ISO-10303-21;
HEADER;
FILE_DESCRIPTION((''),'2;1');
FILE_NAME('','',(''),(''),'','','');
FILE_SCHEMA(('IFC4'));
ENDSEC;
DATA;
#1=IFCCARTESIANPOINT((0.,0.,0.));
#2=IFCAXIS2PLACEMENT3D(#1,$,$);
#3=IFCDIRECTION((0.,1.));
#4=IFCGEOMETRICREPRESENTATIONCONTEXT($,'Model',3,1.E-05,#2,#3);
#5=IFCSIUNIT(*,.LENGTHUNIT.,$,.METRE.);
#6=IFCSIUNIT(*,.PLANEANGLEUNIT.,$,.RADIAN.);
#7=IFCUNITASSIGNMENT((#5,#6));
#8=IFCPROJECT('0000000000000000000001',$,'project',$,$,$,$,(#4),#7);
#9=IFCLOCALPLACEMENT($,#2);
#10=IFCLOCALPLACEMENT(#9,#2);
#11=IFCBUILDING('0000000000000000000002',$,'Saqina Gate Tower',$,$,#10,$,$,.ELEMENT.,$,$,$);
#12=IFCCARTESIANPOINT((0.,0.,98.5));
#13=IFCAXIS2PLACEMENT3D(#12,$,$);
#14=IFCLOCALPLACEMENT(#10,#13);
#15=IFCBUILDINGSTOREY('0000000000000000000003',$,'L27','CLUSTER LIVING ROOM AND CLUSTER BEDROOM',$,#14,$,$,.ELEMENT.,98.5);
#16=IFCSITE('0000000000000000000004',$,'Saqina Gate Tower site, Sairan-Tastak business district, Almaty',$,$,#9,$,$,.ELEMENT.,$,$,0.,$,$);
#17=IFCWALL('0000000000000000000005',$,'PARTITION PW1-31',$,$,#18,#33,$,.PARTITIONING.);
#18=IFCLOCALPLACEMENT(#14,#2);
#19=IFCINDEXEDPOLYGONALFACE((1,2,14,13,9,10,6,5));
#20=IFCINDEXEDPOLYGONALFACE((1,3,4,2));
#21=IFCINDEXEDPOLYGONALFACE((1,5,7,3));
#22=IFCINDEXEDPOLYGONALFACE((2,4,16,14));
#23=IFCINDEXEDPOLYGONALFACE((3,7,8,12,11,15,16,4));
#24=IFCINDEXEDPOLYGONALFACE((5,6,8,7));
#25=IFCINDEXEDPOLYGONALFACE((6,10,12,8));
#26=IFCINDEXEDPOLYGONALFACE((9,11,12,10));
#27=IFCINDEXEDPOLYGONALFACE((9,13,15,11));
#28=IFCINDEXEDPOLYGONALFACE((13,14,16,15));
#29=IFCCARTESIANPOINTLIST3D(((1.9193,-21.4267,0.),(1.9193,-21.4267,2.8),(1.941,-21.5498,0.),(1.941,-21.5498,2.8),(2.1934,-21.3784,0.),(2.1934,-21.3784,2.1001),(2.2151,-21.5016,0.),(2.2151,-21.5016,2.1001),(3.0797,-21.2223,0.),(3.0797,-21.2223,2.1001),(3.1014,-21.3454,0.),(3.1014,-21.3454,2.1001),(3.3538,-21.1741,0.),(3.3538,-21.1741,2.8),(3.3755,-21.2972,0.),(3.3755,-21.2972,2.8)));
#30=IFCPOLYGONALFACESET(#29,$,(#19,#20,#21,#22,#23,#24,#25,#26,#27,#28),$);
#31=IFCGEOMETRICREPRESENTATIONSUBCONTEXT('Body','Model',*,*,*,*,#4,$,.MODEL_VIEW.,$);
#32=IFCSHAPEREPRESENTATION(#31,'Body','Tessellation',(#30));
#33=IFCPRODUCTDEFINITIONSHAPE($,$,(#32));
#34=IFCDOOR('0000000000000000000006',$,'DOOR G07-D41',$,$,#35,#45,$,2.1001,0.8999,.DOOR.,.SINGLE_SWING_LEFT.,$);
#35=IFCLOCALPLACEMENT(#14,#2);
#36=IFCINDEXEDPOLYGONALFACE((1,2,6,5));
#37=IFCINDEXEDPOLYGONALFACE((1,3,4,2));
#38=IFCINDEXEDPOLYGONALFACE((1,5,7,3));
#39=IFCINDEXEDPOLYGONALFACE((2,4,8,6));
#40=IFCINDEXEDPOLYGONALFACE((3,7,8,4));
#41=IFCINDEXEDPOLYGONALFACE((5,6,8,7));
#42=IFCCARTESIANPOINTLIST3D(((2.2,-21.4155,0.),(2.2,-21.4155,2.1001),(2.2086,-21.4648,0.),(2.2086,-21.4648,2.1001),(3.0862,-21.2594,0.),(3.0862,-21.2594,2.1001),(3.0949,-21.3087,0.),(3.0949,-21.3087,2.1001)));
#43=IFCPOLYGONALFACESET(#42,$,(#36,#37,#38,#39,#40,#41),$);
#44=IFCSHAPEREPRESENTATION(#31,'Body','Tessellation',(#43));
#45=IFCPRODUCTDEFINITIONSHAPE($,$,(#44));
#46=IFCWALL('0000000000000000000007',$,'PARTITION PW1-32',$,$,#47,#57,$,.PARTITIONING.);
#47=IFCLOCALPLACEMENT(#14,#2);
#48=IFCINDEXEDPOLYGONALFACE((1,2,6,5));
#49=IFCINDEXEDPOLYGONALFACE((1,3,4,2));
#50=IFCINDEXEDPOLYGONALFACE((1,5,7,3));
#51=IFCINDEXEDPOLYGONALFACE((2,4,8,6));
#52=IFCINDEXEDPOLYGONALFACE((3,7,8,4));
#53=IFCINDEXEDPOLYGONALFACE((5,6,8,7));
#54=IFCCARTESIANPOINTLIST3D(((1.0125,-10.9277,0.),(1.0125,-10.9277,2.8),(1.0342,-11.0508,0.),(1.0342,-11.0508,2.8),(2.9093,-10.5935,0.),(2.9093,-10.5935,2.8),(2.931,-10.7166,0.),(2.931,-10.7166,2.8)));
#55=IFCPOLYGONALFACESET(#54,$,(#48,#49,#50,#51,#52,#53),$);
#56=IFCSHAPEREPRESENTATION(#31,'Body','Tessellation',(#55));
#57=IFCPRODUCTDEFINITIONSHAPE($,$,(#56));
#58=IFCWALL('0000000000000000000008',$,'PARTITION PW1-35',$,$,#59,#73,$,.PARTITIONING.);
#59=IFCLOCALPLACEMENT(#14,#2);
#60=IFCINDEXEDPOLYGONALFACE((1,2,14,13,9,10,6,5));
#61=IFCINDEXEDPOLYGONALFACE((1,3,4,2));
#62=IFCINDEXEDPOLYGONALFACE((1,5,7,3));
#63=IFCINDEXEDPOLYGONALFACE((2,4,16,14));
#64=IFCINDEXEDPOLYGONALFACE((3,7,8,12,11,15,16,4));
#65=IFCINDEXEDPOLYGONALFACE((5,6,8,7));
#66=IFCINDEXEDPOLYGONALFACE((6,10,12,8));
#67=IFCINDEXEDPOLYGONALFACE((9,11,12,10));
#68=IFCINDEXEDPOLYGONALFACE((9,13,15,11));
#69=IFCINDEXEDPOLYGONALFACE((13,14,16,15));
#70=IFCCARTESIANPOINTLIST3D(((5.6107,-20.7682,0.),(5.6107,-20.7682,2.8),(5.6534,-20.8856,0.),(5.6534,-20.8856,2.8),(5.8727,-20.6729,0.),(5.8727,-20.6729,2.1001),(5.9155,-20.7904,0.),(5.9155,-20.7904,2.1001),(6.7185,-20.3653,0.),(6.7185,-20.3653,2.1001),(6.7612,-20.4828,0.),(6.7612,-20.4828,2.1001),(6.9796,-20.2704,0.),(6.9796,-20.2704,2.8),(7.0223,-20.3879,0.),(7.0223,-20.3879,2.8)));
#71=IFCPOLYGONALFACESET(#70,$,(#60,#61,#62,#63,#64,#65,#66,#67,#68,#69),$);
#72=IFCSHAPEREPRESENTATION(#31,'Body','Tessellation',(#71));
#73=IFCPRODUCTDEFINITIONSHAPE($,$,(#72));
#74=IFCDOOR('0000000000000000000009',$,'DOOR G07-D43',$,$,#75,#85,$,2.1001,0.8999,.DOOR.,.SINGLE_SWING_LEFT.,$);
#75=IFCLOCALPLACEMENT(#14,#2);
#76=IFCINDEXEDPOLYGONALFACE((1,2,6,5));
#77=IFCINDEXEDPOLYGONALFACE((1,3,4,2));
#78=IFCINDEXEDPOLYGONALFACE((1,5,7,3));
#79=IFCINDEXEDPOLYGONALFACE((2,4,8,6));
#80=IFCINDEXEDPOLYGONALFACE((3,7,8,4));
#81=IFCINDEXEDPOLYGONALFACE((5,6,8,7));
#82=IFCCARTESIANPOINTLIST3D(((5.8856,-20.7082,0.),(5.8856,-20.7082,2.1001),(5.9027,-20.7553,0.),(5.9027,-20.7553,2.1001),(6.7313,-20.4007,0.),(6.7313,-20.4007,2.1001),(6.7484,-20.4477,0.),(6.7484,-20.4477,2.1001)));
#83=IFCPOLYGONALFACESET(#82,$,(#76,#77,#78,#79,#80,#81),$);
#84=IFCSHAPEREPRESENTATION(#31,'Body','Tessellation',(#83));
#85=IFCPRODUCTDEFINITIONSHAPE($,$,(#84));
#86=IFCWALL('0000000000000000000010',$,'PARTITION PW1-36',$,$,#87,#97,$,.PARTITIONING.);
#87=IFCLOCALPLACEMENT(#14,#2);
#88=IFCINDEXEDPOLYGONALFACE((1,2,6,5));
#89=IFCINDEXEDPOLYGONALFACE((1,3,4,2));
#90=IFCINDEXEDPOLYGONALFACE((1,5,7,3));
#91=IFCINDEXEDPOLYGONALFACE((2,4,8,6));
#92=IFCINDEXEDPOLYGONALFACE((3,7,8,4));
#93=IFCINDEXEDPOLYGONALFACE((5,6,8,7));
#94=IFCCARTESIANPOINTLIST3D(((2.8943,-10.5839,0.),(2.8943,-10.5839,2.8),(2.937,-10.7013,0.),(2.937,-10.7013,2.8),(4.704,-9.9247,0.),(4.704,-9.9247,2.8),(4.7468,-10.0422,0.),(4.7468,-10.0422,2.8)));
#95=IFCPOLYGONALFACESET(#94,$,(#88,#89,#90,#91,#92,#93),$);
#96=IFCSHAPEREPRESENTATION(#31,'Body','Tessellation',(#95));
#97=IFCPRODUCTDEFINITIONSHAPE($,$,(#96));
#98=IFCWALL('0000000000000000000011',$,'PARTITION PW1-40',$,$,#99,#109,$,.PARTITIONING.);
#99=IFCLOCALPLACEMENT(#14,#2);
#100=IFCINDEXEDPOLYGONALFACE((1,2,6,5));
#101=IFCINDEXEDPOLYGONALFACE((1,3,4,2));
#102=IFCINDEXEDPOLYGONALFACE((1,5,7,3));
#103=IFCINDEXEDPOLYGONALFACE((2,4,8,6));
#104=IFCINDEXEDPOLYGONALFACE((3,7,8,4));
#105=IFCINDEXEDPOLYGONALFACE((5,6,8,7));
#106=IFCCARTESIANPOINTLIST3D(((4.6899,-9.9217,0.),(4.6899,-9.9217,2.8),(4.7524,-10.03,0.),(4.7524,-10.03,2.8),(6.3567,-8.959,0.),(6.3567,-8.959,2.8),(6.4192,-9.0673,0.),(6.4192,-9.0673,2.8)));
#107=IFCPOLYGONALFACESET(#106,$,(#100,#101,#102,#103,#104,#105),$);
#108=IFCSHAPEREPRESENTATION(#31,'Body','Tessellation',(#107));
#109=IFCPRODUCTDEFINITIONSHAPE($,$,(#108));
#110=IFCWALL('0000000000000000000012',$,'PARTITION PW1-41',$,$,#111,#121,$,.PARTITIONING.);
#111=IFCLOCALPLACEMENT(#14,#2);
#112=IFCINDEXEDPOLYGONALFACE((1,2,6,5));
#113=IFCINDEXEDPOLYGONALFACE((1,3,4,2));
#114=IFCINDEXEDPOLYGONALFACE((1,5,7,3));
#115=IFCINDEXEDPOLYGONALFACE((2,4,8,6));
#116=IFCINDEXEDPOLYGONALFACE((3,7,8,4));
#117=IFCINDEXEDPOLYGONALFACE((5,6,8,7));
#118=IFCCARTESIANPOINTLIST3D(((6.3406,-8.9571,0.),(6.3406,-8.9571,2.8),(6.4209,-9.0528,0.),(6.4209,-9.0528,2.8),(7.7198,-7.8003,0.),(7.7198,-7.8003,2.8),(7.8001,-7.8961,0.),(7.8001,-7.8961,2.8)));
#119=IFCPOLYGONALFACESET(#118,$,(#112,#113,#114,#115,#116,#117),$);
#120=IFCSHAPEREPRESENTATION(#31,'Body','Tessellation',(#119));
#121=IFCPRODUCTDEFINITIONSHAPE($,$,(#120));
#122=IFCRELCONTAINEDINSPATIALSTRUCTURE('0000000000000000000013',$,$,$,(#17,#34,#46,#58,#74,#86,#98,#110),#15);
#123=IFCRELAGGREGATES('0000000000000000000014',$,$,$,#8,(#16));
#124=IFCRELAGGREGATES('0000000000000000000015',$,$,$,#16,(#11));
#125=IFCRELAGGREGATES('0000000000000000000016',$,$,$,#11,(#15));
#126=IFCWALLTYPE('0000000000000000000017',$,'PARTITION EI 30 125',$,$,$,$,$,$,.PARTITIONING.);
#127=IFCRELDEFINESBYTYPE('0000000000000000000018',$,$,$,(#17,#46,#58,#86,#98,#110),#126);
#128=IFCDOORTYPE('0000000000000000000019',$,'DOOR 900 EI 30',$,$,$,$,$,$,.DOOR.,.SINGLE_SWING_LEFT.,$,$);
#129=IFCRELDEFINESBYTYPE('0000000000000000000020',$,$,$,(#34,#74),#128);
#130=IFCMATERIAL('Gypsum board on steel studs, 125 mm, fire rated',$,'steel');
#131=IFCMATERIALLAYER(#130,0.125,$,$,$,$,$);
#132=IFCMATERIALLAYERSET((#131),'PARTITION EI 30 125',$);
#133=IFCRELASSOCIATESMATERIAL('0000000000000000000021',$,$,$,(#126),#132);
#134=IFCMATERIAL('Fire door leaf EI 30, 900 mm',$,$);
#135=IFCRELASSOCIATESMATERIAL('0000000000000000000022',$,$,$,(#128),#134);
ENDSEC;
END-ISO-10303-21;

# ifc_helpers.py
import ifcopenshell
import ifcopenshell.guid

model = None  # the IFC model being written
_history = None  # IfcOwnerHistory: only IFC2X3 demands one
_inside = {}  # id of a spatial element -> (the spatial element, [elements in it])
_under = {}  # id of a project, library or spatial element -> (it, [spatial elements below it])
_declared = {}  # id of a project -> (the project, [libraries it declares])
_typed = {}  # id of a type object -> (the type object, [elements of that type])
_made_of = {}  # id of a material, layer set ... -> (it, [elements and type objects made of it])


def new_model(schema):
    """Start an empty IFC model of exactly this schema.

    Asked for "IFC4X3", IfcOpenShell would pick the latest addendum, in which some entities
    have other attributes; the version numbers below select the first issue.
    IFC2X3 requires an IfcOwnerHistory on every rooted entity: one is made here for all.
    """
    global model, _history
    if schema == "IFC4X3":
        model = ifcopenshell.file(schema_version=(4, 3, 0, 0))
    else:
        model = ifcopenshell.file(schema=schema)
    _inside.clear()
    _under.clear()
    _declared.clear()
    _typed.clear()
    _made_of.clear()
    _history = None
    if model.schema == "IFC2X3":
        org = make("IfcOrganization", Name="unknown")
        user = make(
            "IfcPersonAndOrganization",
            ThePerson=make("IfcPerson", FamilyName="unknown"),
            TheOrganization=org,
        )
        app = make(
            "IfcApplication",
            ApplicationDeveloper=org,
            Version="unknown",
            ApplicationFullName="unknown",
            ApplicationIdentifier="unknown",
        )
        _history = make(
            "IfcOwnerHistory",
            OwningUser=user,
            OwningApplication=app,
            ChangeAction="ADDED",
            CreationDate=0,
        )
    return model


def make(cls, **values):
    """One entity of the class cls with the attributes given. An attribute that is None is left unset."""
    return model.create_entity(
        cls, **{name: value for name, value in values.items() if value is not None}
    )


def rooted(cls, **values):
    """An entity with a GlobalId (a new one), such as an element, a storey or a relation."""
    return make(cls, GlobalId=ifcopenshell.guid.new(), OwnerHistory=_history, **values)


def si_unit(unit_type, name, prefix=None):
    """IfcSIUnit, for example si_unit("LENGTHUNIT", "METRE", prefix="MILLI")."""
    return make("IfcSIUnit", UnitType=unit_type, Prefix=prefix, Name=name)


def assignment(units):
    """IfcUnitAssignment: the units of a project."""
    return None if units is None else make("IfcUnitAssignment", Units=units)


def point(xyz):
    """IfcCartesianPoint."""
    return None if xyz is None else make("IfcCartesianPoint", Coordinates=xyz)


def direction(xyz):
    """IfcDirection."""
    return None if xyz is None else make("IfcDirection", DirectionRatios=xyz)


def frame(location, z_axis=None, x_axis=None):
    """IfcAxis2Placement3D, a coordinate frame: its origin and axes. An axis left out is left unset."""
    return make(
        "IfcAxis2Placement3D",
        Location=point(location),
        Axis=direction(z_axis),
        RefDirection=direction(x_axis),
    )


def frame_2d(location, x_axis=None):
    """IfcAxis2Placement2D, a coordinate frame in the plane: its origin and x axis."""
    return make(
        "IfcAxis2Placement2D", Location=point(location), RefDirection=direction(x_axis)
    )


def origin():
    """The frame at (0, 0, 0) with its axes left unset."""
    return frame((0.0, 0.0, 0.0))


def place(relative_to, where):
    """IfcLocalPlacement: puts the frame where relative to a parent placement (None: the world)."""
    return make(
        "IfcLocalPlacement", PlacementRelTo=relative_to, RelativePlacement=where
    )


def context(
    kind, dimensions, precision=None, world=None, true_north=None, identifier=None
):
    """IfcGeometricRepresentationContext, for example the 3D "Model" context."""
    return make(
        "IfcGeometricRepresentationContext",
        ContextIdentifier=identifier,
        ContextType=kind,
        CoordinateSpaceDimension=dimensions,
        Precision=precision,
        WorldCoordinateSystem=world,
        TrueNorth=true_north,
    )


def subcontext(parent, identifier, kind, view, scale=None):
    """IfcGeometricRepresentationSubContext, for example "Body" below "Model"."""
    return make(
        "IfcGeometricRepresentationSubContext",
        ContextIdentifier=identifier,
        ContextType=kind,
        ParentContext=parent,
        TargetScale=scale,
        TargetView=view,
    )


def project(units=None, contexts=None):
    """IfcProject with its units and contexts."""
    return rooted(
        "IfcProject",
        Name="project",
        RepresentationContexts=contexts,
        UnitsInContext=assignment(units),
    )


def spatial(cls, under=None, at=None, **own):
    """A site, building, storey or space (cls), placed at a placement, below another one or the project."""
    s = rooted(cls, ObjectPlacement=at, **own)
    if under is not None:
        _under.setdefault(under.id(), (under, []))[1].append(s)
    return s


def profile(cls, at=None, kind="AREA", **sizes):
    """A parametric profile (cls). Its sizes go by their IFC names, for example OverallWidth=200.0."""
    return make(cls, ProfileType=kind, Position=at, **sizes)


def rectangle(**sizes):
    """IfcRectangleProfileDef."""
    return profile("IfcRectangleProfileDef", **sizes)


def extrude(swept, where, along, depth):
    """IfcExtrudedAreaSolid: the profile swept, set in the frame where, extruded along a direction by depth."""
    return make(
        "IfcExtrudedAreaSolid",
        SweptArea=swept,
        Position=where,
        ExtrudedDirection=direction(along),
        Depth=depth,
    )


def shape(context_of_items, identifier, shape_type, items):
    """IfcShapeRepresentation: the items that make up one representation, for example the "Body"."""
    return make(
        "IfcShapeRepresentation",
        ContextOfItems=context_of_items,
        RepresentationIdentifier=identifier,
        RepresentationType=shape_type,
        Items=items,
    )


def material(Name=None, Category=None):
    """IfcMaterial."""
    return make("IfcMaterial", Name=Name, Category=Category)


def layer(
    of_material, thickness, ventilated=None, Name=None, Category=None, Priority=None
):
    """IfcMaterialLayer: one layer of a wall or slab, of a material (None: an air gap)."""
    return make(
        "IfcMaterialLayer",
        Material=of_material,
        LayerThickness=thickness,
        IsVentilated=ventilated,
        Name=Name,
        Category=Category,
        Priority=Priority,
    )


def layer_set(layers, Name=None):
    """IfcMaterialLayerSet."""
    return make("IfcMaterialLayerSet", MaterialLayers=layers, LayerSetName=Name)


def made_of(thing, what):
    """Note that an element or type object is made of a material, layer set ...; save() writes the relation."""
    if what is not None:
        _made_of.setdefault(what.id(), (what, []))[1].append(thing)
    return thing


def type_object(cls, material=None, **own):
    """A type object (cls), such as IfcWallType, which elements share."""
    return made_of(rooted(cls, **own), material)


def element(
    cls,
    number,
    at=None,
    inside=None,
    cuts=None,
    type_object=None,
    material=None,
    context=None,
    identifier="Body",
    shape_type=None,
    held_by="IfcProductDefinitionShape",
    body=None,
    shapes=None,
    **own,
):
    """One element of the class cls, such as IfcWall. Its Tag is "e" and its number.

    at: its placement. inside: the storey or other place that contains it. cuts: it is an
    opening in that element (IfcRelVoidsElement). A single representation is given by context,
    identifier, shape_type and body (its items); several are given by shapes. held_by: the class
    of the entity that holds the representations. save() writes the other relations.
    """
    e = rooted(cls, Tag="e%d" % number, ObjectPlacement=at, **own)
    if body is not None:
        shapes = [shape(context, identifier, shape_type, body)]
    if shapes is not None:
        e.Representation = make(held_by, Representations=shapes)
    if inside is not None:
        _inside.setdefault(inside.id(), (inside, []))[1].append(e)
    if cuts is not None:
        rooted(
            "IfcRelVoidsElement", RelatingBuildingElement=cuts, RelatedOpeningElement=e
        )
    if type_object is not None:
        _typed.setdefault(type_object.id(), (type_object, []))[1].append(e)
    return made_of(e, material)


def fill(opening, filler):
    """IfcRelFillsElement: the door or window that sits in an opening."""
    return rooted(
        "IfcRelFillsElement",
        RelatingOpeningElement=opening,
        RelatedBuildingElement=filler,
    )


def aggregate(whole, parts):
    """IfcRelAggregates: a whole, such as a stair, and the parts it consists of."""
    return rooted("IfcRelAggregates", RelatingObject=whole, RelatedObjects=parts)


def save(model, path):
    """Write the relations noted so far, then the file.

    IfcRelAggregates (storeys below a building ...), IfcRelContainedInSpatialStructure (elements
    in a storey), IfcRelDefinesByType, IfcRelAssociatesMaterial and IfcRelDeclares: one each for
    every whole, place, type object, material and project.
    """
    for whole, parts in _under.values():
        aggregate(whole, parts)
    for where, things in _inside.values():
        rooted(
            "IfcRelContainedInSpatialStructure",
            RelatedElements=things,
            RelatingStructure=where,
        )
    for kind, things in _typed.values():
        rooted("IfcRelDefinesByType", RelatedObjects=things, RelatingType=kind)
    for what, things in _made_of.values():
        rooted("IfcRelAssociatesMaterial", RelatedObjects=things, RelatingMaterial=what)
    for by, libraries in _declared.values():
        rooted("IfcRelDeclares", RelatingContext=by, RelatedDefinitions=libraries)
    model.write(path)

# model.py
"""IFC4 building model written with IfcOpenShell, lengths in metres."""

from ifc_helpers import new_model, si_unit, direction, frame, frame_2d, origin, place, context, subcontext, project, spatial, rectangle, extrude, material, layer, layer_set, type_object, element, fill, save


model = new_model("IFC4")

# Units and contexts
model_context = context("Model", 3, precision=1e-05, world=origin(), true_north=direction((0.0, 1.0)))
body_context = subcontext(model_context, "Body", "Model", "MODEL_VIEW")
ifc_project = project(units=[si_unit("LENGTHUNIT", "METRE"), si_unit("PLANEANGLEUNIT", "RADIAN")], contexts=[model_context])

# Site, building, storey
site_placement = place(None, origin())
site = spatial("IfcSite", under=ifc_project, at=site_placement, Name="Saqina Gate Tower site, Sairan-Tastak business district, Almaty", CompositionType="ELEMENT", RefElevation=0.0)
building_placement = place(site_placement, origin())
building = spatial("IfcBuilding", under=site, at=building_placement, Name="Saqina Gate Tower", CompositionType="ELEMENT")
storey_placement = place(building_placement, frame((0.0, 0.0, 98.5)))
storey = spatial("IfcBuildingStorey", under=building, at=storey_placement, Name="L27", Description="CLUSTER LIVING ROOM AND CLUSTER BEDROOM", CompositionType="ELEMENT", Elevation=98.5)

# Wall, opening, door
ifc_material_1 = material(Name="Gypsum board on steel studs, 125 mm, fire rated", Category="steel")
ifc_layer_1 = layer(ifc_material_1, 0.125)
ifc_layer_set_1 = layer_set([ifc_layer_1], Name="PARTITION EI 30 125")
wall_type_1 = type_object("IfcWallType", Name="PARTITION EI 30 125", PredefinedType="PARTITIONING", material=ifc_layer_set_1)
wall_1_placement = place(storey_placement, frame((1.9302, -21.4883, 0.0), z_axis=(0.0, 0.0, 1.0), x_axis=(0.984839, 0.17347, 0.0)))
wall_1 = element("IfcWall", 1, at=wall_1_placement, inside=storey, type_object=wall_type_1, Name="PARTITION PW1-31", PredefinedType="PARTITIONING", context=body_context, shape_type="SweptSolid", body=[
    extrude(rectangle(XDim=1.4565, YDim=0.125, at=frame_2d((0.7283, 0.0))), origin(), (0.0, 0.0, 1.0), 2.8),
])
opening_1_placement = place(wall_1_placement, frame((0.2783, 0.0, 0.0)))
opening_1 = element("IfcOpeningElement", 2, at=opening_1_placement, cuts=wall_1, PredefinedType="OPENING", context=body_context, shape_type="SweptSolid", body=[
    extrude(rectangle(XDim=0.8999, YDim=2.1001, at=frame_2d((0.45, 1.05))), frame((0.0, 0.0745, 0.0), z_axis=(0.0, -1.0, 0.0), x_axis=(1.0, 0.0, 0.0)), (0.0, 0.0, 1.0), 0.1489),
])
ifc_material_2 = material(Name="Fire door leaf EI 30, 900 mm")
door_type_1 = type_object("IfcDoorType", Name="DOOR 900 EI 30", OperationType="SINGLE_SWING_LEFT", PredefinedType="DOOR", material=ifc_material_2)
door_1_placement = place(opening_1_placement, origin())
door_1 = element("IfcDoor", 3, at=door_1_placement, inside=storey, type_object=door_type_1, Name="DOOR G07-D41", OperationType="SINGLE_SWING_LEFT", OverallHeight=2.1001, OverallWidth=0.8999, PredefinedType="DOOR", context=body_context, shape_type="SweptSolid", body=[
    extrude(rectangle(XDim=0.8999, YDim=2.1001, at=frame_2d((0.45, 1.05))), frame((0.0, 0.0249, 0.0), z_axis=(0.0, -1.0, 0.0), x_axis=(1.0, 0.0, 0.0)), (0.0, 0.0, 1.0), 0.05),
])
fill(opening_1, door_1)

# Wall
wall_2_placement = place(storey_placement, frame((1.0234, -10.9893, 0.0), z_axis=(0.0, 0.0, 1.0), x_axis=(0.984827, 0.173539, 0.0)))
element("IfcWall", 4, at=wall_2_placement, inside=storey, type_object=wall_type_1, Name="PARTITION PW1-32", PredefinedType="PARTITIONING", context=body_context, shape_type="SweptSolid", body=[
    extrude(rectangle(XDim=1.926, YDim=0.125, at=frame_2d((0.9629, 0.0))), origin(), (0.0, 0.0, 1.0), 2.8),
])

# Wall, opening, door
wall_3_placement = place(storey_placement, frame((5.6321, -20.8269, 0.0), z_axis=(0.0, 0.0, 1.0), x_axis=(0.939789, 0.341757, 0.0)))
wall_3 = element("IfcWall", 5, at=wall_3_placement, inside=storey, type_object=wall_type_1, Name="PARTITION PW1-35", PredefinedType="PARTITIONING", context=body_context, shape_type="SweptSolid", body=[
    extrude(rectangle(XDim=1.4565, YDim=0.125, at=frame_2d((0.7283, 0.0))), origin(), (0.0, 0.0, 1.0), 2.8),
])
opening_2_placement = place(wall_3_placement, frame((0.2788, 0.0, 0.0)))
opening_2 = element("IfcOpeningElement", 6, at=opening_2_placement, cuts=wall_3, PredefinedType="OPENING", context=body_context, shape_type="SweptSolid", body=[
    extrude(rectangle(XDim=0.8999, YDim=2.1001, at=frame_2d((0.45, 1.05))), frame((0.0, 0.0745, 0.0), z_axis=(0.0, -1.0, 0.0), x_axis=(1.0, 0.0, 0.0)), (0.0, 0.0, 1.0), 0.1489),
])
door_2_placement = place(opening_2_placement, origin())
door_2 = element("IfcDoor", 7, at=door_2_placement, inside=storey, type_object=door_type_1, Name="DOOR G07-D43", OperationType="SINGLE_SWING_LEFT", OverallHeight=2.1001, OverallWidth=0.8999, PredefinedType="DOOR", context=body_context, shape_type="SweptSolid", body=[
    extrude(rectangle(XDim=0.8999, YDim=2.1001, at=frame_2d((0.45, 1.05))), frame((0.0, 0.0249, 0.0), z_axis=(0.0, -1.0, 0.0), x_axis=(1.0, 0.0, 0.0)), (0.0, 0.0, 1.0), 0.05),
])
fill(opening_2, door_2)

# Walls
wall_4_placement = place(storey_placement, frame((2.9158, -10.6426, 0.0), z_axis=(0.0, 0.0, 1.0), x_axis=(0.939616, 0.342232, 0.0)))
element("IfcWall", 8, at=wall_4_placement, inside=storey, type_object=wall_type_1, Name="PARTITION PW1-36", PredefinedType="PARTITIONING", context=body_context, shape_type="SweptSolid", body=[
    extrude(rectangle(XDim=1.926, YDim=0.125, at=frame_2d((0.9629, 0.0))), origin(), (0.0, 0.0, 1.0), 2.8),
])
wall_5_placement = place(storey_placement, frame((4.7212, -9.9758, 0.0), z_axis=(0.0, 0.0, 1.0), x_axis=(0.865947, 0.500136, 0.0)))
element("IfcWall", 9, at=wall_5_placement, inside=storey, type_object=wall_type_1, Name="PARTITION PW1-40", PredefinedType="PARTITIONING", context=body_context, shape_type="SweptSolid", body=[
    extrude(rectangle(XDim=1.9248, YDim=0.125, at=frame_2d((0.9624, 0.0))), origin(), (0.0, 0.0, 1.0), 2.8),
])
wall_6_placement = place(storey_placement, frame((6.3809, -9.0049, 0.0), z_axis=(0.0, 0.0, 1.0), x_axis=(0.766183, 0.642623, 0.0)))
element("IfcWall", 10, at=wall_6_placement, inside=storey, type_object=wall_type_1, Name="PARTITION PW1-41", PredefinedType="PARTITIONING", context=body_context, shape_type="SweptSolid", body=[
    extrude(rectangle(XDim=1.8, YDim=0.125, at=frame_2d((0.8999, 0.0))), origin(), (0.0, 0.0, 1.0), 2.8),
])

save(model, "model.ifc")
